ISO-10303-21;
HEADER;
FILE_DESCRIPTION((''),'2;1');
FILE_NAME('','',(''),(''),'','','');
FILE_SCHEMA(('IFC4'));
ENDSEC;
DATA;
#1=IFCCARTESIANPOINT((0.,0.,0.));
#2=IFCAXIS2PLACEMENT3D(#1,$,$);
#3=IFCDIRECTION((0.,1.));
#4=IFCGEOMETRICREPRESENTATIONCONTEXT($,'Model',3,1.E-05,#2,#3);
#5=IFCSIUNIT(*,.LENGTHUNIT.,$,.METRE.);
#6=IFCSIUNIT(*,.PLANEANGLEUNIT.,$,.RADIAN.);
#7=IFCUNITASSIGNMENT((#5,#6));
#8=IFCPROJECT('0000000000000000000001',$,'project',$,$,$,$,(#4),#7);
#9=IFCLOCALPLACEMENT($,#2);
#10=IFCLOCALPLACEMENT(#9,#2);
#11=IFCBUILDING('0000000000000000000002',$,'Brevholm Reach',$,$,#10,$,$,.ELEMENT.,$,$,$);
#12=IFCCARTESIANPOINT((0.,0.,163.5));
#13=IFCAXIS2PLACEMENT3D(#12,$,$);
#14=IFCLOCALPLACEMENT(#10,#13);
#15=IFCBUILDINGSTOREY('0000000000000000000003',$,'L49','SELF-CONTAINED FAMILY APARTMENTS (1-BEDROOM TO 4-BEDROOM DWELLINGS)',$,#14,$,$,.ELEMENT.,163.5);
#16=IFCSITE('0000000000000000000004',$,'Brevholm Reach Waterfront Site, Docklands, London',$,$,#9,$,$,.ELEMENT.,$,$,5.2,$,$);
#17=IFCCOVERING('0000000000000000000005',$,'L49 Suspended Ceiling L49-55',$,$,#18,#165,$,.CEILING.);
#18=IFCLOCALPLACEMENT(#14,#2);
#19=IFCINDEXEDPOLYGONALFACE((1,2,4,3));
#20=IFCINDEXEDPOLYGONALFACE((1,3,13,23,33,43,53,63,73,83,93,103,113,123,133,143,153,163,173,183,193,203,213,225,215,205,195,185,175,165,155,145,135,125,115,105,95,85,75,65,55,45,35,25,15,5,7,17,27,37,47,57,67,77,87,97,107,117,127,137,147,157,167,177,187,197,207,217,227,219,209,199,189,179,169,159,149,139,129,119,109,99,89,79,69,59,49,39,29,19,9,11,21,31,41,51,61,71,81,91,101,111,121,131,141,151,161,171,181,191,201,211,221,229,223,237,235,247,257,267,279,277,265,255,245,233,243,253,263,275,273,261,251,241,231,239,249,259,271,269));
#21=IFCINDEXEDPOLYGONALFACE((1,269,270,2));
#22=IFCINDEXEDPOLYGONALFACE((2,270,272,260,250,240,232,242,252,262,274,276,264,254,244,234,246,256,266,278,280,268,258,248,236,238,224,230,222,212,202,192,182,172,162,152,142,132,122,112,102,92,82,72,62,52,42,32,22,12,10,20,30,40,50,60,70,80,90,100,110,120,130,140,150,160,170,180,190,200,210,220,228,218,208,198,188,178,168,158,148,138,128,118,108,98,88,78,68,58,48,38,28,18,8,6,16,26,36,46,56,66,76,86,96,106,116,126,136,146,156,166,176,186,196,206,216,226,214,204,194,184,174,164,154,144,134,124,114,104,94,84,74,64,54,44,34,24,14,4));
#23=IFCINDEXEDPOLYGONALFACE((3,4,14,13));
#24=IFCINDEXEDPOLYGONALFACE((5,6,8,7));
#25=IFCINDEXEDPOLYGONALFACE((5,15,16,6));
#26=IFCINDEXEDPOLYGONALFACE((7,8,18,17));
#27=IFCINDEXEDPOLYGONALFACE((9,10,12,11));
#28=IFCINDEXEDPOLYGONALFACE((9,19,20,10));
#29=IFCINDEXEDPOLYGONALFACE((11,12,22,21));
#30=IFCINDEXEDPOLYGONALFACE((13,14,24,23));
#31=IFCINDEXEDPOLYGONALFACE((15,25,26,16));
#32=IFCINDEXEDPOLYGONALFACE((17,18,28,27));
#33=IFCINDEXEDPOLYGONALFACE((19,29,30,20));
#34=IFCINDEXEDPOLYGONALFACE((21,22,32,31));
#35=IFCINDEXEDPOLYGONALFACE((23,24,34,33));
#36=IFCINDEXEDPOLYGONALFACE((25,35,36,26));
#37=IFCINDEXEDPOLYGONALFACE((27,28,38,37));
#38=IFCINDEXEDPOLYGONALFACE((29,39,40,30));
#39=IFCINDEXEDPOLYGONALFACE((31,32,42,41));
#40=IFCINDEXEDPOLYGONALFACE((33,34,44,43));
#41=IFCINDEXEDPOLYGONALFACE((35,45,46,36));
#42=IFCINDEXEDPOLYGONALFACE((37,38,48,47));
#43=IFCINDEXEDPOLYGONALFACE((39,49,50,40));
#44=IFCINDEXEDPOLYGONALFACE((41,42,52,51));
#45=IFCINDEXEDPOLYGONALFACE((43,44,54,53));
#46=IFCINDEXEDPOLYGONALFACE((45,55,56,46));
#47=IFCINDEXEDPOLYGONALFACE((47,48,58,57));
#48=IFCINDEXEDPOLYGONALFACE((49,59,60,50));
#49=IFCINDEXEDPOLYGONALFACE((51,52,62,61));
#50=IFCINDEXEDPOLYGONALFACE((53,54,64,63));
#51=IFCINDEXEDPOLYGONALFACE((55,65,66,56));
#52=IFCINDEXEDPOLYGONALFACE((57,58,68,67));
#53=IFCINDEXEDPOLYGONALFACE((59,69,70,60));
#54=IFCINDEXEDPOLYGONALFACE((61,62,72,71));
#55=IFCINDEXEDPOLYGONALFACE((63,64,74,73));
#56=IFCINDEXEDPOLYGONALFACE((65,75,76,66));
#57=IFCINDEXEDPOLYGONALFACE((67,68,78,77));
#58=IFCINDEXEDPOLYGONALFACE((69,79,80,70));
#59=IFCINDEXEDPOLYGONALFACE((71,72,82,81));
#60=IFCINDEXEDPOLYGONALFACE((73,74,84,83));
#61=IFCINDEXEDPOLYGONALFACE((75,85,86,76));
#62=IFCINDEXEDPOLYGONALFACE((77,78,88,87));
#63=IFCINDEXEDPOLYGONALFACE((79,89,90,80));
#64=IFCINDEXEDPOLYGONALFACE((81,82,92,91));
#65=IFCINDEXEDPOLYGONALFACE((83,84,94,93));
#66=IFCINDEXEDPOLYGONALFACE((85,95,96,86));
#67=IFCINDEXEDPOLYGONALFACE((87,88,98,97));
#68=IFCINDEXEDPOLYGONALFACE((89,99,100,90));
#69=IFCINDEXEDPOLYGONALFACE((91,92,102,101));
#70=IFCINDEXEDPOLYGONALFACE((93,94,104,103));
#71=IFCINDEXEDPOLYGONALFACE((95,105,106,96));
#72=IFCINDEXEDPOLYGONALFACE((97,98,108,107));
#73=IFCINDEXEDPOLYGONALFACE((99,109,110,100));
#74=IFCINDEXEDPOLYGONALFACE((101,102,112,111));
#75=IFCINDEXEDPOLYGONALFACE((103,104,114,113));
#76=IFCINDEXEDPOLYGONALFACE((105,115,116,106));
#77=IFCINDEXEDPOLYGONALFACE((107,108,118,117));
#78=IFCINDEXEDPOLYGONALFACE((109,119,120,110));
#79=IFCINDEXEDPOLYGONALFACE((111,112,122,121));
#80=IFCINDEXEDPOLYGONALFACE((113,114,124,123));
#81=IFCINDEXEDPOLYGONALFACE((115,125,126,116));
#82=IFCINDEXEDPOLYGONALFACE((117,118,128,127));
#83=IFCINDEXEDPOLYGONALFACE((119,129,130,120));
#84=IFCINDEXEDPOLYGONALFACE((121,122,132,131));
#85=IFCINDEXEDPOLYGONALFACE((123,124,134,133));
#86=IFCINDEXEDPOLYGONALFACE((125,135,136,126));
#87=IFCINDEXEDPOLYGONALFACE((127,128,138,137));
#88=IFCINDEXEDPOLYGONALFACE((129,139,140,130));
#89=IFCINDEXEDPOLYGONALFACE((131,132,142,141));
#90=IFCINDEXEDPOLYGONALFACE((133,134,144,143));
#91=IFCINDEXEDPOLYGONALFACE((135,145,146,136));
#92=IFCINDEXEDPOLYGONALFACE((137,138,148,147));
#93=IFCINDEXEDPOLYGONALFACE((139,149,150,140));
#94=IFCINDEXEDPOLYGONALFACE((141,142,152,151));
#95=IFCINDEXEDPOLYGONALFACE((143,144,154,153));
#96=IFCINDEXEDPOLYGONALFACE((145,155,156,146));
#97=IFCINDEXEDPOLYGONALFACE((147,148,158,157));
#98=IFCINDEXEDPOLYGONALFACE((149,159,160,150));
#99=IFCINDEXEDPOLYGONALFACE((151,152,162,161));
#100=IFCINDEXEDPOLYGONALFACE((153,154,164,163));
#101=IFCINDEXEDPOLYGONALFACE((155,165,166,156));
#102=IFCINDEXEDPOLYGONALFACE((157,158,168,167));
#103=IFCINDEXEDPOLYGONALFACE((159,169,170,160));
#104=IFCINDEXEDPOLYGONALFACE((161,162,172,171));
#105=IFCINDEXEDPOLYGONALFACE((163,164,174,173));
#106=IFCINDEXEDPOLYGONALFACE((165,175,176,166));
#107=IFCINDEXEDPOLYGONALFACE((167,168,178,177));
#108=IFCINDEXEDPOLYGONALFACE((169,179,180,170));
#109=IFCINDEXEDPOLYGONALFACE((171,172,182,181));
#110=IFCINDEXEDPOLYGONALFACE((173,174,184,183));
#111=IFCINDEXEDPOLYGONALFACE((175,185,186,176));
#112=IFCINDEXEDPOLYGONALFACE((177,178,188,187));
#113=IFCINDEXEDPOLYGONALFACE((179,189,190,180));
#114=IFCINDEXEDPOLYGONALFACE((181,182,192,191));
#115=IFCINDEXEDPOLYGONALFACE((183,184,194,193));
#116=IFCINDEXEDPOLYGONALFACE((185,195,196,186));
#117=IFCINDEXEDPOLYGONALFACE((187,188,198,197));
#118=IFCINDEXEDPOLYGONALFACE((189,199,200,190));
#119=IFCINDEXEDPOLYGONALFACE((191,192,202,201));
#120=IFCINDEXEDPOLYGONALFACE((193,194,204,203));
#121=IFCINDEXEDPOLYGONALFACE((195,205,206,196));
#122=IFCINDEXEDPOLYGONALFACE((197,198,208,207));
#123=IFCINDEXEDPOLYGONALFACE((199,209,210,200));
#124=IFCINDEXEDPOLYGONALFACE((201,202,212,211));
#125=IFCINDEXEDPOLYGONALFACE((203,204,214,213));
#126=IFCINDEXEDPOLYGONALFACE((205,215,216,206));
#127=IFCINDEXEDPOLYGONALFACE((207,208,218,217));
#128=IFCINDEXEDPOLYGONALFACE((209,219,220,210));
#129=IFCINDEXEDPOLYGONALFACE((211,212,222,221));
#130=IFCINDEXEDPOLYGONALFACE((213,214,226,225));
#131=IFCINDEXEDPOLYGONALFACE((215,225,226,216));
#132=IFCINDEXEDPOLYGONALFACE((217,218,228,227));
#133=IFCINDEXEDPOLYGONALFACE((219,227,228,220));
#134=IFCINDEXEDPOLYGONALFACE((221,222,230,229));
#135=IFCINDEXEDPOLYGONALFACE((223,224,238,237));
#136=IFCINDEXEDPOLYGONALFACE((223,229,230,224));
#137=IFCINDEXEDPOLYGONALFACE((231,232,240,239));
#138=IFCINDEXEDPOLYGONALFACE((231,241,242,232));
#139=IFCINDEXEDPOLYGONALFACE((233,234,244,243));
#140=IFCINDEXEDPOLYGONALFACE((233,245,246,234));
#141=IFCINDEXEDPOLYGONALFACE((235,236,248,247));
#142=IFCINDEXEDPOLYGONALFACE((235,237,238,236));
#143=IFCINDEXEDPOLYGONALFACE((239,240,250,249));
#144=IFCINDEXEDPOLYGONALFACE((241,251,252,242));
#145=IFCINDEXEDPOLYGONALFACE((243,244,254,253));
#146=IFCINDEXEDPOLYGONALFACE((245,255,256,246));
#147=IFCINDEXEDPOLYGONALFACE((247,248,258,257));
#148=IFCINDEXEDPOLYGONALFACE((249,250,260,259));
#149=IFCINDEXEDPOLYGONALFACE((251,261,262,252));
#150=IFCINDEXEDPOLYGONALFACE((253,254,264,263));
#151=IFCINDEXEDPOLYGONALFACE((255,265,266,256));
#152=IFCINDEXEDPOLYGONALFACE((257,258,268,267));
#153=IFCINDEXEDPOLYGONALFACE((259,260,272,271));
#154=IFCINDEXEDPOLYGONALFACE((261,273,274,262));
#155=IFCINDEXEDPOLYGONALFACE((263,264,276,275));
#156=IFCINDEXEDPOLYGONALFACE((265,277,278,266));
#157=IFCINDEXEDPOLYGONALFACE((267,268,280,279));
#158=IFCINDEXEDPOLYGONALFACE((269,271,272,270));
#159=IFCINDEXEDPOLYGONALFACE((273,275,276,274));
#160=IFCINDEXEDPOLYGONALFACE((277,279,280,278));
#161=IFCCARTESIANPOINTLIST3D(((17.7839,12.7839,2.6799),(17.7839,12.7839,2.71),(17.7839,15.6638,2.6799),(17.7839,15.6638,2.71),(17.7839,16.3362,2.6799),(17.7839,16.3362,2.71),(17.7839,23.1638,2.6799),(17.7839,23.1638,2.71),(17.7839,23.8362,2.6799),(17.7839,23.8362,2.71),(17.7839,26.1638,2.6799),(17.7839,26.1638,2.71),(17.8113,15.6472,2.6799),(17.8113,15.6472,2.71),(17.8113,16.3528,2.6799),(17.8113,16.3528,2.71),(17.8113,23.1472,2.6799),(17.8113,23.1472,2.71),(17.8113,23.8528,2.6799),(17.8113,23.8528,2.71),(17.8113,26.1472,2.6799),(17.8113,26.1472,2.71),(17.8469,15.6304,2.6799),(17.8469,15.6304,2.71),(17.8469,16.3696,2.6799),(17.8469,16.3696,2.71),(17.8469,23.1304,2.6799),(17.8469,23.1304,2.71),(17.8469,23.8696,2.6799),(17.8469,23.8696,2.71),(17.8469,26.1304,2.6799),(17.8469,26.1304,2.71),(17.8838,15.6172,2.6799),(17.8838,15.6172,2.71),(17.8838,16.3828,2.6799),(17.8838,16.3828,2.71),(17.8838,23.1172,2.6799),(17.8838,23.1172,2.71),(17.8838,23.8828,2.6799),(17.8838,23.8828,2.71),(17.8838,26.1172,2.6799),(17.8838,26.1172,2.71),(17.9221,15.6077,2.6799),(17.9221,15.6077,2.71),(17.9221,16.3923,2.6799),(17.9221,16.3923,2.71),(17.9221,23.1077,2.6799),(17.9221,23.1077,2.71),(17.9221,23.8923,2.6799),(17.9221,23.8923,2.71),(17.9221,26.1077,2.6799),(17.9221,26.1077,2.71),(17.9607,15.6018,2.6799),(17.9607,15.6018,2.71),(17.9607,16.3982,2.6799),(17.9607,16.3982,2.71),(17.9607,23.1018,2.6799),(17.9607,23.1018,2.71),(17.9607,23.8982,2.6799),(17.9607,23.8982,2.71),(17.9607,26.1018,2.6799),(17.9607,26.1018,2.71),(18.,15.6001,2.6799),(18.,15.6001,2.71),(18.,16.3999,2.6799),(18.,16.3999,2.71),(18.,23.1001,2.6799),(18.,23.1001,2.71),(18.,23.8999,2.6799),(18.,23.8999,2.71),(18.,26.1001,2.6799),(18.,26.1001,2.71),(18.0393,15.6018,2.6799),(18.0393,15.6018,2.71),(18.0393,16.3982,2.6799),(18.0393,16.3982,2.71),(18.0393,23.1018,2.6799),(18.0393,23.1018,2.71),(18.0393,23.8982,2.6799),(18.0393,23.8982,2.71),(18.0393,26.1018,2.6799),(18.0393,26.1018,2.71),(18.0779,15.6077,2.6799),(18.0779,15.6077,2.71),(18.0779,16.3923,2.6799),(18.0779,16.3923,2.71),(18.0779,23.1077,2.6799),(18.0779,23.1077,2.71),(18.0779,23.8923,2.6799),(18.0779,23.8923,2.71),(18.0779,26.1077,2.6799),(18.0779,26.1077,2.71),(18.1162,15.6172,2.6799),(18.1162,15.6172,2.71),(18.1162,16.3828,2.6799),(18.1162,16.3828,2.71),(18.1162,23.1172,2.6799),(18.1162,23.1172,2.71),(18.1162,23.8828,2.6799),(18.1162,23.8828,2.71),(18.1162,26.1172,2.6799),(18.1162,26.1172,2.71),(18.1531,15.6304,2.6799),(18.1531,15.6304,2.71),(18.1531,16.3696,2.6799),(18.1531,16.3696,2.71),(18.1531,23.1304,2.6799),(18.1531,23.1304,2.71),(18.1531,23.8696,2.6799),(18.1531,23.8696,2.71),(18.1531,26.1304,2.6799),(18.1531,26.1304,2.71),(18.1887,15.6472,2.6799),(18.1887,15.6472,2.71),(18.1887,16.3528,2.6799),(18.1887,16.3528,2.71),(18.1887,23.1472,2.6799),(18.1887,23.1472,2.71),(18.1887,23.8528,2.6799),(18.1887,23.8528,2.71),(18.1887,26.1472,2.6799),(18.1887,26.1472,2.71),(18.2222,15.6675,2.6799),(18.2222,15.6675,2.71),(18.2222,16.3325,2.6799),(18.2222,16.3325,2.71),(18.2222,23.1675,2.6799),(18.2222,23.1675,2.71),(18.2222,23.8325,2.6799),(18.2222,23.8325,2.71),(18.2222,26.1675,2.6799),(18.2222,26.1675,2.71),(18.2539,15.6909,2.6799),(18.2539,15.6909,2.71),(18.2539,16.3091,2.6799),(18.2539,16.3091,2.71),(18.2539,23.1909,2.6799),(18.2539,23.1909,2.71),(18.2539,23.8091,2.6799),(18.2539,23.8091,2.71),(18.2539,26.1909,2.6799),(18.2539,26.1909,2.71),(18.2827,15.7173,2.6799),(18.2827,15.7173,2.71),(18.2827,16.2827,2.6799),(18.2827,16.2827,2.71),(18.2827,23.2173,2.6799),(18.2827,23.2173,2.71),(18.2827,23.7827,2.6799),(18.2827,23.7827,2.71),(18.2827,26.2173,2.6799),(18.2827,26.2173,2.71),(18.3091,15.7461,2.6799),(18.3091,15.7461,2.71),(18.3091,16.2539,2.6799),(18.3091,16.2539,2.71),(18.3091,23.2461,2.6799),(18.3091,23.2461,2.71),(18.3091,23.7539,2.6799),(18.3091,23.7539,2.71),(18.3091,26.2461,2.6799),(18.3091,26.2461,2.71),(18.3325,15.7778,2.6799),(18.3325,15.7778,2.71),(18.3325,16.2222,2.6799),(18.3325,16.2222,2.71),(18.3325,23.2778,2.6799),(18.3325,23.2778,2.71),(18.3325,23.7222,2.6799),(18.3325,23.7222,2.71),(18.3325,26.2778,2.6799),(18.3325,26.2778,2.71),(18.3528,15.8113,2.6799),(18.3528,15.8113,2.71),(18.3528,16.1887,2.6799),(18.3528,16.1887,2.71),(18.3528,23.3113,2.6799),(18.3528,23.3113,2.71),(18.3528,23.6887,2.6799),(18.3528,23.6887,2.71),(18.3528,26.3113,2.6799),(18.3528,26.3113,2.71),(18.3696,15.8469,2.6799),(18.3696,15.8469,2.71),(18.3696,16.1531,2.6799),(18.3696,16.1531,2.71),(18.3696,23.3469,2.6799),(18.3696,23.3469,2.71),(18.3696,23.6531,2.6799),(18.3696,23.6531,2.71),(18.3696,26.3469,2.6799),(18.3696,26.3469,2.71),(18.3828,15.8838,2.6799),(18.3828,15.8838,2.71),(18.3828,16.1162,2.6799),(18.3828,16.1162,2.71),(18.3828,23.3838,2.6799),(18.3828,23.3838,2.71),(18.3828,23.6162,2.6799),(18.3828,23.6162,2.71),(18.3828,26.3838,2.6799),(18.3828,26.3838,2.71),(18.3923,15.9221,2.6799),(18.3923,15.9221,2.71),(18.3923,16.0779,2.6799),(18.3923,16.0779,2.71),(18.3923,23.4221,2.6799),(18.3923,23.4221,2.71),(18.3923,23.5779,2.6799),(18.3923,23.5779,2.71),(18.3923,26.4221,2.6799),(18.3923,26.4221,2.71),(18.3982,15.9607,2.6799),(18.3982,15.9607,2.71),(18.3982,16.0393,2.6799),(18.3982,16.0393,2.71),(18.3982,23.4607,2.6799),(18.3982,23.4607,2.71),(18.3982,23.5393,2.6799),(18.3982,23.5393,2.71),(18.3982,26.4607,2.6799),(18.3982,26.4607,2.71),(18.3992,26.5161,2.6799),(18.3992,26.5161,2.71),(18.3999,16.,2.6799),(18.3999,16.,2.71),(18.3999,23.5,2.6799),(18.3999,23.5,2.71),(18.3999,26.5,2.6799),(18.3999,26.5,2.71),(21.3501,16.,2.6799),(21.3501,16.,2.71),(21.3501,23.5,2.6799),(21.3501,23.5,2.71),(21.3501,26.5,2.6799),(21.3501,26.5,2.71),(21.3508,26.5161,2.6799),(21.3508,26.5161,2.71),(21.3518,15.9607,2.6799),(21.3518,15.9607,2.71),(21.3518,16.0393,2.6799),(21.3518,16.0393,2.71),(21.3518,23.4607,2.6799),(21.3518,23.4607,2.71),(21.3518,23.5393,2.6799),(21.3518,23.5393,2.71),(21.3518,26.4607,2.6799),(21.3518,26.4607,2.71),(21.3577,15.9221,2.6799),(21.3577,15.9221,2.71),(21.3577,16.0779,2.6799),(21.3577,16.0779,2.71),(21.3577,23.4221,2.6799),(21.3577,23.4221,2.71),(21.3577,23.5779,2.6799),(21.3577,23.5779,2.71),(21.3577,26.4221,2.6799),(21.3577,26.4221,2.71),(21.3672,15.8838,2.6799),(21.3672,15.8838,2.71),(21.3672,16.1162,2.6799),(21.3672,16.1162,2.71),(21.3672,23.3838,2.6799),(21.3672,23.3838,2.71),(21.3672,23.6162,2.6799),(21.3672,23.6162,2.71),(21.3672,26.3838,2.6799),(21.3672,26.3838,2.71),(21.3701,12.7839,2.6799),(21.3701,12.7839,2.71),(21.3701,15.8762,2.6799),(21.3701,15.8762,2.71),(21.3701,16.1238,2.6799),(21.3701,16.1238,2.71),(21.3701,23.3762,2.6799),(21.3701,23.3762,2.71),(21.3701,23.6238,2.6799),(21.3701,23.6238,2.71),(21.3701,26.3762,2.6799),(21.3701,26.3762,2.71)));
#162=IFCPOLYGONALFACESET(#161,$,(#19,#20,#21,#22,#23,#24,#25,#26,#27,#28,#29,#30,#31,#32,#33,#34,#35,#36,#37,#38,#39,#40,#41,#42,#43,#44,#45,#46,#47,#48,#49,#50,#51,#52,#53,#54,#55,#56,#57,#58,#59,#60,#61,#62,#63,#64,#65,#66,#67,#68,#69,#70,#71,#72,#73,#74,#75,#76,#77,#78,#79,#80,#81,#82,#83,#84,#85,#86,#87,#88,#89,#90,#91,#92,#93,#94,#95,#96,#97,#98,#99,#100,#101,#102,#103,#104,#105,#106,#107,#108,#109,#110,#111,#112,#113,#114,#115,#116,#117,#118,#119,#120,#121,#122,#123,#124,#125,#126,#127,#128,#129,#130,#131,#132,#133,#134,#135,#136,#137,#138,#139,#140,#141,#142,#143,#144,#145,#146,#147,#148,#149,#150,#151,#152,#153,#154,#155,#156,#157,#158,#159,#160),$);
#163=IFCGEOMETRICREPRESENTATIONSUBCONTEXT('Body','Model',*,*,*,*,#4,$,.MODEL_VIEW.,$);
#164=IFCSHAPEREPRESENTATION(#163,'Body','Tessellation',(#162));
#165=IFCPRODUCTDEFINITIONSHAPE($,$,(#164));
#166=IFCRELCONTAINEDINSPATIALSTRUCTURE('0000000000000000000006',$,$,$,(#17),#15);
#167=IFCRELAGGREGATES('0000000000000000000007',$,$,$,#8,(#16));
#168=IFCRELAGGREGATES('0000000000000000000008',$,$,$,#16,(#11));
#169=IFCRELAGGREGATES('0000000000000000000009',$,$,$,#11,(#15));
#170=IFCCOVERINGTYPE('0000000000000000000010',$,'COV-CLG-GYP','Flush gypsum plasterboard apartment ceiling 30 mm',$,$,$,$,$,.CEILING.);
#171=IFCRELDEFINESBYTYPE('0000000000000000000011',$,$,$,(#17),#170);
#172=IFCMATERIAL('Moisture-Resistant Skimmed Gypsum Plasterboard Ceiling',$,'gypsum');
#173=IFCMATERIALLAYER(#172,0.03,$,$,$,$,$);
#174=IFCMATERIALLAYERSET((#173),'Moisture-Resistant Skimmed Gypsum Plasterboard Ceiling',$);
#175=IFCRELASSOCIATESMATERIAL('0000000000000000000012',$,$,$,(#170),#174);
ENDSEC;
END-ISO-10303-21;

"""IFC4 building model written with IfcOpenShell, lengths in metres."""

from ifc_helpers import new_model, si_unit, direction, frame, origin, place, context, subcontext, project, spatial, polyline, outline, extrude, material, layer, layer_set, type_object, element, save


model = new_model("IFC4")

# Units and contexts
model_context = context("Model", 3, precision=1e-05, world=origin(), true_north=direction((0.0, 1.0)))
body_context = subcontext(model_context, "Body", "Model", "MODEL_VIEW")
ifc_project = project(units=[si_unit("LENGTHUNIT", "METRE"), si_unit("PLANEANGLEUNIT", "RADIAN")], contexts=[model_context])

# Site, building, storey
site_placement = place(None, origin())
site = spatial("IfcSite", under=ifc_project, at=site_placement, Name="Brevholm Reach Waterfront Site, Docklands, London", CompositionType="ELEMENT", RefElevation=5.2)
building_placement = place(site_placement, origin())
building = spatial("IfcBuilding", under=site, at=building_placement, Name="Brevholm Reach", CompositionType="ELEMENT")
storey_placement = place(building_placement, frame((0.0, 0.0, 163.5)))
storey = spatial("IfcBuildingStorey", under=building, at=storey_placement, Name="L49", Description="SELF-CONTAINED FAMILY APARTMENTS (1-BEDROOM TO 4-BEDROOM DWELLINGS)", CompositionType="ELEMENT", Elevation=163.5)

# Covering
ifc_material_1 = material(Name="Moisture-Resistant Skimmed Gypsum Plasterboard Ceiling", Category="gypsum")
ifc_layer_1 = layer(ifc_material_1, 0.03)
ifc_layer_set_1 = layer_set([ifc_layer_1], Name="Moisture-Resistant Skimmed Gypsum Plasterboard Ceiling")
covering_type_1 = type_object("IfcCoveringType", Name="COV-CLG-GYP", Description="Flush gypsum plasterboard apartment ceiling 30 mm", PredefinedType="CEILING", material=ifc_layer_set_1)
covering_1_placement = place(storey_placement, frame((0.0, 0.0, 2.6799)))
element("IfcCovering", 1, at=covering_1_placement, inside=storey, type_object=covering_type_1, Name="L49 Suspended Ceiling L49-55", PredefinedType="CEILING", context=body_context, shape_type="SweptSolid", body=[
    extrude(outline(polyline([(21.3701, 23.6238), (21.3672, 23.6162), (21.3577, 23.5779), (21.3518, 23.5393), (21.3501, 23.5), (21.3518, 23.4607), (21.3577, 23.4221), (21.3672, 23.3838), (21.3701, 23.3762), (21.3701, 16.1238), (21.3672, 16.1162), (21.3577, 16.0779), (21.3518, 16.0393), (21.3501, 16.0), (21.3518, 15.9607), (21.3577, 15.9221), (21.3672, 15.8838), (21.3701, 15.8762), (21.3701, 12.7839), (17.7839, 12.7839), (17.7839, 15.6638), (17.8113, 15.6472), (17.8469, 15.6304), (17.8838, 15.6172), (17.9221, 15.6077), (17.9607, 15.6018), (18.0, 15.6001), (18.0393, 15.6018), (18.0779, 15.6077), (18.1162, 15.6172), (18.1531, 15.6304), (18.1887, 15.6472), (18.2222, 15.6675), (18.2539, 15.6909), (18.2827, 15.7173), (18.3091, 15.7461), (18.3325, 15.7778), (18.3528, 15.8113), (18.3696, 15.8469), (18.3828, 15.8838), (18.3923, 15.9221), (18.3982, 15.9607), (18.3999, 16.0), (18.3982, 16.0393), (18.3923, 16.0779), (18.3828, 16.1162), (18.3696, 16.1531), (18.3528, 16.1887), (18.3325, 16.2222), (18.3091, 16.2539), (18.2827, 16.2827), (18.2539, 16.3091), (18.2222, 16.3325), (18.1887, 16.3528), (18.1531, 16.3696), (18.1162, 16.3828), (18.0779, 16.3923), (18.0393, 16.3982), (18.0, 16.3999), (17.9607, 16.3982), (17.9221, 16.3923), (17.8838, 16.3828), (17.8469, 16.3696), (17.8113, 16.3528), (17.7839, 16.3362), (17.7839, 23.1638), (17.8113, 23.1472), (17.8469, 23.1304), (17.8838, 23.1172), (17.9221, 23.1077), (17.9607, 23.1018), (18.0, 23.1001), (18.0393, 23.1018), (18.0779, 23.1077), (18.1162, 23.1172), (18.1531, 23.1304), (18.1887, 23.1472), (18.2222, 23.1675), (18.2539, 23.1909), (18.2827, 23.2173), (18.3091, 23.2461), (18.3325, 23.2778), (18.3528, 23.3113), (18.3696, 23.3469), (18.3828, 23.3838), (18.3923, 23.4221), (18.3982, 23.4607), (18.3999, 23.5), (18.3982, 23.5393), (18.3923, 23.5779), (18.3828, 23.6162), (18.3696, 23.6531), (18.3528, 23.6887), (18.3325, 23.7222), (18.3091, 23.7539), (18.2827, 23.7827), (18.2539, 23.8091), (18.2222, 23.8325), (18.1887, 23.8528), (18.1531, 23.8696), (18.1162, 23.8828), (18.0779, 23.8923), (18.0393, 23.8982), (18.0, 23.8999), (17.9607, 23.8982), (17.9221, 23.8923), (17.8838, 23.8828), (17.8469, 23.8696), (17.8113, 23.8528), (17.7839, 23.8362), (17.7839, 26.1638), (17.8113, 26.1472), (17.8469, 26.1304), (17.8838, 26.1172), (17.9221, 26.1077), (17.9607, 26.1018), (18.0, 26.1001), (18.0393, 26.1018), (18.0779, 26.1077), (18.1162, 26.1172), (18.1531, 26.1304), (18.1887, 26.1472), (18.2222, 26.1675), (18.2539, 26.1909), (18.2827, 26.2173), (18.3091, 26.2461), (18.3325, 26.2778), (18.3528, 26.3113), (18.3696, 26.3469), (18.3828, 26.3838), (18.3923, 26.4221), (18.3982, 26.4607), (18.3999, 26.5), (18.3992, 26.5161), (21.3508, 26.5161), (21.3501, 26.5), (21.3518, 26.4607), (21.3577, 26.4221), (21.3672, 26.3838), (21.3701, 26.3762), (21.3701, 23.6238)])), origin(), (0.0, 0.0, 1.0), 0.03),
])

save(model, "model.ifc")
